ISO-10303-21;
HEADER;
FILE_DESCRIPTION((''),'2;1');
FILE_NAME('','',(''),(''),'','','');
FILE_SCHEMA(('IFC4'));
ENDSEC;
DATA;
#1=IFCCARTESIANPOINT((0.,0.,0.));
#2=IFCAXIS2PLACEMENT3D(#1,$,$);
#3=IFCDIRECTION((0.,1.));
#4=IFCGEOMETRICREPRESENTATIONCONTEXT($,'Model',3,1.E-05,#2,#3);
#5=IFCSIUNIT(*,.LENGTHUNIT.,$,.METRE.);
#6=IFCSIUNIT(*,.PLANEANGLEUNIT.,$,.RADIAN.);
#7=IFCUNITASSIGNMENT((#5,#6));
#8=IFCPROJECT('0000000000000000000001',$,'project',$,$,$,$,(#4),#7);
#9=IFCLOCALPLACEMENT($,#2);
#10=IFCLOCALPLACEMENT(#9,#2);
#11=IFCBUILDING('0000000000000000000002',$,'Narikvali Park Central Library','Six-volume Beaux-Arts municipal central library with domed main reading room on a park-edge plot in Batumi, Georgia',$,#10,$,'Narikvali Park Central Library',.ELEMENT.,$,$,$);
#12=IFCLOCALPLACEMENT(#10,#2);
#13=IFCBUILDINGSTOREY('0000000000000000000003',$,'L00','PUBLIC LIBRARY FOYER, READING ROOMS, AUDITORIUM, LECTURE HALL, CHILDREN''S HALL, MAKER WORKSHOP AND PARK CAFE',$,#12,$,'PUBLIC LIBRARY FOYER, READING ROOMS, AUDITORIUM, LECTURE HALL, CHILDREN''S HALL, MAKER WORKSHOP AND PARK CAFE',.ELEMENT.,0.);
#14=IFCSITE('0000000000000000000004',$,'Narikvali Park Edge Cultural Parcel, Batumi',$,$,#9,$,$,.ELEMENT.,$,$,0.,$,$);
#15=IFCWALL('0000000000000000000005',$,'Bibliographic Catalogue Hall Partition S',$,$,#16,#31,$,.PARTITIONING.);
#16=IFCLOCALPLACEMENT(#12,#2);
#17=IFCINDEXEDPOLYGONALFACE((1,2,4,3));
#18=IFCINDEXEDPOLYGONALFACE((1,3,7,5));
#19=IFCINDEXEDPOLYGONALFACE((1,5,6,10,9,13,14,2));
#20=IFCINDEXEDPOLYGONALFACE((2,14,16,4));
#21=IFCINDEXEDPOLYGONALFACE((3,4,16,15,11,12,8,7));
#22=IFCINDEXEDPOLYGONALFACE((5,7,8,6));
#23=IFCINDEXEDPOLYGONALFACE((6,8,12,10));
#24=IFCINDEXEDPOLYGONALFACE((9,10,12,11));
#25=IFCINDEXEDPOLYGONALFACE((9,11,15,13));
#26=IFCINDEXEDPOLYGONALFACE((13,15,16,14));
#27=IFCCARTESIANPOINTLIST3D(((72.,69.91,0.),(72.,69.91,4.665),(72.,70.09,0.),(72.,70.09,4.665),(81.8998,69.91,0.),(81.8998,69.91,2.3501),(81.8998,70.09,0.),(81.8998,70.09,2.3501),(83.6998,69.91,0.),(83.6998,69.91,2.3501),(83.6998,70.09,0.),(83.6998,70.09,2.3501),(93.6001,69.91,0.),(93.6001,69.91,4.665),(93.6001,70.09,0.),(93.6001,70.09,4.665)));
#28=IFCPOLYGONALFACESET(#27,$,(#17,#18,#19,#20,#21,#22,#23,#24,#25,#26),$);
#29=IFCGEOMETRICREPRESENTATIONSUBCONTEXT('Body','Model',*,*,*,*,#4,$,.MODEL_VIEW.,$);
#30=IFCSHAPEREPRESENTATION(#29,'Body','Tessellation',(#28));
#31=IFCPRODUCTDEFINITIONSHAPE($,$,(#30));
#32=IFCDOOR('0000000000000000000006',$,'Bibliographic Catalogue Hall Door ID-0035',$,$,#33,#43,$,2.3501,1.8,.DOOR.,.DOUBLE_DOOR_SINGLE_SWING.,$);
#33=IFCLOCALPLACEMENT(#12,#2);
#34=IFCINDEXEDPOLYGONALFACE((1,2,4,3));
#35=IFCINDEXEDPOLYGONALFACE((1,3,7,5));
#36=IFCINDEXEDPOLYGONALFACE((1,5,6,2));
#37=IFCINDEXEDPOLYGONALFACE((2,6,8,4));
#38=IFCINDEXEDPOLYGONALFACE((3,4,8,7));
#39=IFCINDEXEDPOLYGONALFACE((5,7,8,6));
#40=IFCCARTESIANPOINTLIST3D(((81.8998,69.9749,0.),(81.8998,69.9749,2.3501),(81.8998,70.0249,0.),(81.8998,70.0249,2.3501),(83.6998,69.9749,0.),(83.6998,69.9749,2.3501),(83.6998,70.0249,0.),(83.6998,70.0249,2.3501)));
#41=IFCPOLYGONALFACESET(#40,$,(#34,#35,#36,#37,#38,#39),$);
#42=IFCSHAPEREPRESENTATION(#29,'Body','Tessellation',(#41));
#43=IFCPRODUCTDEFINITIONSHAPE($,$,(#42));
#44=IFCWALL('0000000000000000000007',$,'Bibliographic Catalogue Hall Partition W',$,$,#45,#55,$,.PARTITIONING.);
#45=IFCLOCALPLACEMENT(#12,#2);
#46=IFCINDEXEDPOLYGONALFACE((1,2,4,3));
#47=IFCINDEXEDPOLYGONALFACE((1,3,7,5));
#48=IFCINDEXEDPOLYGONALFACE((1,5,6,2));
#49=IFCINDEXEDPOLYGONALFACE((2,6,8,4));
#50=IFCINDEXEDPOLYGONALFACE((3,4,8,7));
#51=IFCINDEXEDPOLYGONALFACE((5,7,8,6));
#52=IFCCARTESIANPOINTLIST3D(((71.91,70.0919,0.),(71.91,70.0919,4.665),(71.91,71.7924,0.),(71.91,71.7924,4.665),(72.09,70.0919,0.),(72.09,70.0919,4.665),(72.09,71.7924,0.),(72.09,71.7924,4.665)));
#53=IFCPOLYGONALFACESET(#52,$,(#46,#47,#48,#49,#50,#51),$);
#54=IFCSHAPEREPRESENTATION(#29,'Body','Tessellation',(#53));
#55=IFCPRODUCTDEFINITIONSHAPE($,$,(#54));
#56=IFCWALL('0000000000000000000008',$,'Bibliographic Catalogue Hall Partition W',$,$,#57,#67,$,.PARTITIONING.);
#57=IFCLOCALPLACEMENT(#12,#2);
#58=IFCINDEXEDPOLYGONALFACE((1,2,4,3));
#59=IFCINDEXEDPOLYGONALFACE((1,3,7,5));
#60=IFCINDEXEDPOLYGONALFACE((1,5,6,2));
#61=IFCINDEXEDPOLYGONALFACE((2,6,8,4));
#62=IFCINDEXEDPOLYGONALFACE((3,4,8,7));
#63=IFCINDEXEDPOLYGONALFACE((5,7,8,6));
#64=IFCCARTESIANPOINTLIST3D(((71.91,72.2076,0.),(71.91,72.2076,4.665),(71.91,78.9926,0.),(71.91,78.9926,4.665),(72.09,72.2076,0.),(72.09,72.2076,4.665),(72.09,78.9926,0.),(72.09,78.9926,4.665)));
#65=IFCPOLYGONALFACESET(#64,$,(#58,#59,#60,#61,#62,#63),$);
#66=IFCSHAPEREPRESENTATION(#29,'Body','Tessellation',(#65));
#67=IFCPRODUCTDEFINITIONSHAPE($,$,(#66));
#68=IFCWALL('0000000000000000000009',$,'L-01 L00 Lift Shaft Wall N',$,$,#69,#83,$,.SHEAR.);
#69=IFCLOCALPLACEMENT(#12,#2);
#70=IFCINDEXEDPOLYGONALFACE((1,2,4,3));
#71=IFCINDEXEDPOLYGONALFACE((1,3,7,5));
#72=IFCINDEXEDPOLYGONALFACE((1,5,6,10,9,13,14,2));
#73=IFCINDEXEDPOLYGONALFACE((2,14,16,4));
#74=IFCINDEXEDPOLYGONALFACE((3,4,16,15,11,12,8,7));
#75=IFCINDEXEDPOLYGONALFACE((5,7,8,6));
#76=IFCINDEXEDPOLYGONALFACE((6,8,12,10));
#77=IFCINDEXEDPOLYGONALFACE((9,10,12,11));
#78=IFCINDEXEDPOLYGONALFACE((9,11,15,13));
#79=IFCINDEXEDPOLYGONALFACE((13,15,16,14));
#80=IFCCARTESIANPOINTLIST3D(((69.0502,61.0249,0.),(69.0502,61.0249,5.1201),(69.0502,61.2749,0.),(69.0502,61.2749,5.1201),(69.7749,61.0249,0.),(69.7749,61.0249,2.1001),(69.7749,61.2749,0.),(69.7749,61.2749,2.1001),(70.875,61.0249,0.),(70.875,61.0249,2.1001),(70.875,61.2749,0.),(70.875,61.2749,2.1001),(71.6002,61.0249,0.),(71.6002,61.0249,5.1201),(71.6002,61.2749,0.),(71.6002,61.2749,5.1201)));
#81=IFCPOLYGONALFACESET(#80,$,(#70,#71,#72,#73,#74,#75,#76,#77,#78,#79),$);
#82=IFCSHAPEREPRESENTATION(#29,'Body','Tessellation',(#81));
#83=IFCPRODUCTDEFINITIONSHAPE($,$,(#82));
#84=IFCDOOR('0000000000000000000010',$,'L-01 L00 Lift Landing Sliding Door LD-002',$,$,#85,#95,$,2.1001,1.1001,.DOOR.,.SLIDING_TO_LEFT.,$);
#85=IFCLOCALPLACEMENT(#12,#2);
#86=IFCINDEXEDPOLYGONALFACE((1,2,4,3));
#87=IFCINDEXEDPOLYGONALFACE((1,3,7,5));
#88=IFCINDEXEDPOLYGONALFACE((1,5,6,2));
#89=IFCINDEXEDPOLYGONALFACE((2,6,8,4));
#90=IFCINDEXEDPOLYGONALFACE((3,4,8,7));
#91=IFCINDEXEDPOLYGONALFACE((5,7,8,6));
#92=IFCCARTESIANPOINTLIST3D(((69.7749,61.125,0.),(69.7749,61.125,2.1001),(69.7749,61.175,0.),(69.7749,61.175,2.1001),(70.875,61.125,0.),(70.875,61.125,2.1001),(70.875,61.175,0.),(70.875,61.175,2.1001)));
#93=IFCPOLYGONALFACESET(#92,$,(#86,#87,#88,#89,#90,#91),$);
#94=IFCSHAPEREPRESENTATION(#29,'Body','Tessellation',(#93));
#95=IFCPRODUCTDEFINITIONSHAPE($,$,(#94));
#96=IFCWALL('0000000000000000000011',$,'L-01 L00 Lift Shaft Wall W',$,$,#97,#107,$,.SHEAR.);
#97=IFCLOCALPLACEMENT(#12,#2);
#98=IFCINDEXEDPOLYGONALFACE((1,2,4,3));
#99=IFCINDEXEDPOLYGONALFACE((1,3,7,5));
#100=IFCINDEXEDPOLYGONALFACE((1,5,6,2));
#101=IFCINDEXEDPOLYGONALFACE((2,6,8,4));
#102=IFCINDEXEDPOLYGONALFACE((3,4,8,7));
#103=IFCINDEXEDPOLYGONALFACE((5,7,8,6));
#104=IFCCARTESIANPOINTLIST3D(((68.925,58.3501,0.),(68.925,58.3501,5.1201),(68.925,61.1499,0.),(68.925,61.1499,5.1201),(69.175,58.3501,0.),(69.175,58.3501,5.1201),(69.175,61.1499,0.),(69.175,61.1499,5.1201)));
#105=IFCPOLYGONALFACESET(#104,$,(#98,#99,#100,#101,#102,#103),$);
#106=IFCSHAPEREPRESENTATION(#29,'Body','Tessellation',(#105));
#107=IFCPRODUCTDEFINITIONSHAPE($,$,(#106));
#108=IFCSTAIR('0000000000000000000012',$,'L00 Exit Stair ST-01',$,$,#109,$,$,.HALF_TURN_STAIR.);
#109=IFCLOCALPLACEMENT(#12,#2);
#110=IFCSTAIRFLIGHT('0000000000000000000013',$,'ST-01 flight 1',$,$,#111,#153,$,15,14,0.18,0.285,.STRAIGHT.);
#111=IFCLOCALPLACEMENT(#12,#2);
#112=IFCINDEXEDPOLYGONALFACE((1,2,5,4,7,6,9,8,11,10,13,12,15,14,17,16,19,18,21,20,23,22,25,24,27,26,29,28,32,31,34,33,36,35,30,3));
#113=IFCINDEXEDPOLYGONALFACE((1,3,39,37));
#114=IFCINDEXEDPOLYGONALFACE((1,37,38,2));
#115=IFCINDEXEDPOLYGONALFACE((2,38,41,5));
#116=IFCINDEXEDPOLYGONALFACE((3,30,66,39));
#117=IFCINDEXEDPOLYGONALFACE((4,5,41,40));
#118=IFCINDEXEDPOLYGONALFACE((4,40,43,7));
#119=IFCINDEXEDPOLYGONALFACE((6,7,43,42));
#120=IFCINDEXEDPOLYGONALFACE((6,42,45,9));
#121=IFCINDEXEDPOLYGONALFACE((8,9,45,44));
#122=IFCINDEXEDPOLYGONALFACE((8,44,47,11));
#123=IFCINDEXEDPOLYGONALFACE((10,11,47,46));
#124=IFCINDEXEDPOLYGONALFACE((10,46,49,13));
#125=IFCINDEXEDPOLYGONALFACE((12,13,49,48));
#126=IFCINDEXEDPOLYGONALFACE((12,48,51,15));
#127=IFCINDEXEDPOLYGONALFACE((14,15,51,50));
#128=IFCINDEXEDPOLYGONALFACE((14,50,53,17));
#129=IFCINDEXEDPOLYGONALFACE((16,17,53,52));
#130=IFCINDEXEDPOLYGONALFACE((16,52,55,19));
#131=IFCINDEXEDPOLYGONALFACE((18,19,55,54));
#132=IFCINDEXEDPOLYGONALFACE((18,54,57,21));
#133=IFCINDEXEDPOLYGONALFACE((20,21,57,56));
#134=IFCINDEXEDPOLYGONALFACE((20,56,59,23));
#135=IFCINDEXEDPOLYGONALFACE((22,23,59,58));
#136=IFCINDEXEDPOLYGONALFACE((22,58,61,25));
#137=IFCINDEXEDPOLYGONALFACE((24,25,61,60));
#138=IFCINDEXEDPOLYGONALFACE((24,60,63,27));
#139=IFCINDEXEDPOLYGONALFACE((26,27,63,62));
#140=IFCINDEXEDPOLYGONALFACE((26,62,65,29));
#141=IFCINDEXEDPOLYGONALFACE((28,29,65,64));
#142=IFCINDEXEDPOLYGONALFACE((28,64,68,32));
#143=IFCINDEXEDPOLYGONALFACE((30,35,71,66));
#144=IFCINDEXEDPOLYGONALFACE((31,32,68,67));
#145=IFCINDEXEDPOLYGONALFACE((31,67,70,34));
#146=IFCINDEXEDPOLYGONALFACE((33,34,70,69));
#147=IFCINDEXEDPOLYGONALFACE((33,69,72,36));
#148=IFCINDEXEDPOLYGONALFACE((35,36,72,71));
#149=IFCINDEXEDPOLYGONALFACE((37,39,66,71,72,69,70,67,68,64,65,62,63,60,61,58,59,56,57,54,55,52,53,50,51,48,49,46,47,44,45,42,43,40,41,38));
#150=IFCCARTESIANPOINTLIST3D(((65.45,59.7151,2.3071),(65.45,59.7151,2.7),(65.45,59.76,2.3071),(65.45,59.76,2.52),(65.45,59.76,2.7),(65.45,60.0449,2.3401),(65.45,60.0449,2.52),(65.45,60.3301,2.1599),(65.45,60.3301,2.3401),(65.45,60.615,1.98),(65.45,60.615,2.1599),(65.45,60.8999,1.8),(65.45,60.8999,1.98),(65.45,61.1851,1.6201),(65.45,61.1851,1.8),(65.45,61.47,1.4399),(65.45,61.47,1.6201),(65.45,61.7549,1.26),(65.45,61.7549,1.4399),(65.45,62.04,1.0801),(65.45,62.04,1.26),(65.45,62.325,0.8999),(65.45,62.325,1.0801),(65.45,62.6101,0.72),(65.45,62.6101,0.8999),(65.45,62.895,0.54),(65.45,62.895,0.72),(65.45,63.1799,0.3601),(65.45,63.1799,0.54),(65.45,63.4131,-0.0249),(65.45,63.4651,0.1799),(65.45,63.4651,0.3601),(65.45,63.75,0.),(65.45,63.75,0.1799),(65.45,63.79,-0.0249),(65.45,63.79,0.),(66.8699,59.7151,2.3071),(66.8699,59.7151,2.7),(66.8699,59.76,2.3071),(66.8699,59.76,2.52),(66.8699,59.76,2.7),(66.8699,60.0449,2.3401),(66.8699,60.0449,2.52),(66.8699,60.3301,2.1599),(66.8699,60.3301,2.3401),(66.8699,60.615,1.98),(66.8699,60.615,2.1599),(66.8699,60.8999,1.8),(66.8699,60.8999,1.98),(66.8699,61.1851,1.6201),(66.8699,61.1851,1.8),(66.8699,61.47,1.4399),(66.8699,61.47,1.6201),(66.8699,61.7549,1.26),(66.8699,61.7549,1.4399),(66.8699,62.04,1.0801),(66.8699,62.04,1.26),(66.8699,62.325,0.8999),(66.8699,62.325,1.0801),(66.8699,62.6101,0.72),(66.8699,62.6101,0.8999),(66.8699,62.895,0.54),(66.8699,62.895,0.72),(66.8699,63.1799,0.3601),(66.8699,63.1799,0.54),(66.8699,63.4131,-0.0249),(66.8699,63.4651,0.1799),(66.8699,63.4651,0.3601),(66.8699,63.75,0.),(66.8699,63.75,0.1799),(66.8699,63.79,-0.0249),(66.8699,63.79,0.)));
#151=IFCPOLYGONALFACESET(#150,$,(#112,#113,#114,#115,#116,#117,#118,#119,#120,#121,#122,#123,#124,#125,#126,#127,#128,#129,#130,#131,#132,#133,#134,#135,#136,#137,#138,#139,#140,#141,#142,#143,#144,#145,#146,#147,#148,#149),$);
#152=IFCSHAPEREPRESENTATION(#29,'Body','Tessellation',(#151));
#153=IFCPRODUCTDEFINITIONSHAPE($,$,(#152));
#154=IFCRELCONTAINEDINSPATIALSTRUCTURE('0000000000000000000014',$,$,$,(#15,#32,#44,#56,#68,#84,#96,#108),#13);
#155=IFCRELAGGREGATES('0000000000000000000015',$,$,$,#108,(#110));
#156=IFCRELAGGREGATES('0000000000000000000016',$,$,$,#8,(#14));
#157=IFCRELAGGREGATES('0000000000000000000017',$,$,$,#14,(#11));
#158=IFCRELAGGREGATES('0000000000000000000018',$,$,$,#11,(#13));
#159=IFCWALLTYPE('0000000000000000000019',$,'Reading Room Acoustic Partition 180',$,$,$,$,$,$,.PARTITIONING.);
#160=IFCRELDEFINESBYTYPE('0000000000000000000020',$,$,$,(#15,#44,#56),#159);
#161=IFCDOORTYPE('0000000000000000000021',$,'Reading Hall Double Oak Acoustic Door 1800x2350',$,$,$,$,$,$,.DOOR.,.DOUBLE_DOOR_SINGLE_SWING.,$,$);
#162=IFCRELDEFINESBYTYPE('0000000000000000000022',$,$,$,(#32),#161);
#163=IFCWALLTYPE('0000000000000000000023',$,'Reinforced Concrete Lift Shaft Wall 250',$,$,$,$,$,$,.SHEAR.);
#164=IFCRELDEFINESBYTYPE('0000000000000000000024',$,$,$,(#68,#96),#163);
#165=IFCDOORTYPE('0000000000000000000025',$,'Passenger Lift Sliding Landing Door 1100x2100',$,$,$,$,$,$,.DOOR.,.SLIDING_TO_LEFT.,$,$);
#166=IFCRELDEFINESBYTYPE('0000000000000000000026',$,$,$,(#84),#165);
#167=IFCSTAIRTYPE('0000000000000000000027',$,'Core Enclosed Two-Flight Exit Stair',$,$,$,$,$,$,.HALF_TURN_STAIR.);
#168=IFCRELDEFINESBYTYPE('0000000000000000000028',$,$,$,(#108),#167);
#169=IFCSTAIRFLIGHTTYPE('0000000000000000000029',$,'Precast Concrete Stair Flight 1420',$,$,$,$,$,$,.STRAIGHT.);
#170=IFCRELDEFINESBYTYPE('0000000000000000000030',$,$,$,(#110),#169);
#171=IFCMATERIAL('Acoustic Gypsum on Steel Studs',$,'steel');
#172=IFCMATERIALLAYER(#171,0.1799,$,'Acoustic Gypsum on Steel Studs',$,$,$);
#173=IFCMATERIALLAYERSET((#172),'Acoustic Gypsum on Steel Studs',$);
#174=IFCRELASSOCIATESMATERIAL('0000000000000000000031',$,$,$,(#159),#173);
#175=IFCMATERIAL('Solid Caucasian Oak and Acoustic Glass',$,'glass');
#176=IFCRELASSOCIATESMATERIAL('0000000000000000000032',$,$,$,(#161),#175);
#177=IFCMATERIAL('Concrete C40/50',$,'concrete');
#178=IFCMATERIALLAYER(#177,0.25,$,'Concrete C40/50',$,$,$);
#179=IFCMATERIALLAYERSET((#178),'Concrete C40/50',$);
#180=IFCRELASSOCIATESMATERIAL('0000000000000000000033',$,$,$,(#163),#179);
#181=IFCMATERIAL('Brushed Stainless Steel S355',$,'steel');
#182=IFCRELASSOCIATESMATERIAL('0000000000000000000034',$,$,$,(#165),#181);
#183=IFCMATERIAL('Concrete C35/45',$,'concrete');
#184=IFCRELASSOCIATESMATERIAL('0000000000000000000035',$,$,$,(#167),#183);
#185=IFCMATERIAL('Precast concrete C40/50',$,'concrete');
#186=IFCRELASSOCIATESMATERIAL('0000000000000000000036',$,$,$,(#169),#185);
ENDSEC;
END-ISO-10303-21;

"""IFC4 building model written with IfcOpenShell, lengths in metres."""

from ifc_helpers import new_model, si_unit, direction, frame, frame_2d, origin, place, context, subcontext, project, spatial, polyline, rectangle, outline, extrude, material, layer, layer_set, type_object, element, fill, aggregate, save


model = new_model("IFC4")

# Units and contexts
model_context = context("Model", 3, precision=1e-05, world=origin(), true_north=direction((0.0, 1.0)))
body_context = subcontext(model_context, "Body", "Model", "MODEL_VIEW")
ifc_project = project(units=[si_unit("LENGTHUNIT", "METRE"), si_unit("PLANEANGLEUNIT", "RADIAN")], contexts=[model_context])

# Site, building, storey
site_placement = place(None, origin())
site = spatial("IfcSite", under=ifc_project, at=site_placement, Name="Narikvali Park Edge Cultural Parcel, Batumi", CompositionType="ELEMENT", RefElevation=0.0)
building_placement = place(site_placement, origin())
building = spatial("IfcBuilding", under=site, at=building_placement, Name="Narikvali Park Central Library", Description="Six-volume Beaux-Arts municipal central library with domed main reading room on a park-edge plot in Batumi, Georgia", LongName="Narikvali Park Central Library", CompositionType="ELEMENT")
storey_placement = place(building_placement, origin())
storey = spatial("IfcBuildingStorey", under=building, at=storey_placement, Name="L00", Description="PUBLIC LIBRARY FOYER, READING ROOMS, AUDITORIUM, LECTURE HALL, CHILDREN'S HALL, MAKER WORKSHOP AND PARK CAFE", LongName="PUBLIC LIBRARY FOYER, READING ROOMS, AUDITORIUM, LECTURE HALL, CHILDREN'S HALL, MAKER WORKSHOP AND PARK CAFE", CompositionType="ELEMENT", Elevation=0.0)

# Wall, opening, door
ifc_material_1 = material(Name="Acoustic Gypsum on Steel Studs", Category="steel")
ifc_layer_1 = layer(ifc_material_1, 0.1799, Name="Acoustic Gypsum on Steel Studs")
ifc_layer_set_1 = layer_set([ifc_layer_1], Name="Acoustic Gypsum on Steel Studs")
wall_type_1 = type_object("IfcWallType", Name="Reading Room Acoustic Partition 180", PredefinedType="PARTITIONING", material=ifc_layer_set_1)
wall_1_placement = place(storey_placement, frame((72.0, 70.0, 0.0), z_axis=(0.0, 0.0, 1.0), x_axis=(1.0, 0.0, 0.0)))
wall_1 = element("IfcWall", 1, at=wall_1_placement, inside=storey, type_object=wall_type_1, Name="Bibliographic Catalogue Hall Partition S", PredefinedType="PARTITIONING", context=body_context, shape_type="SweptSolid", body=[
    extrude(rectangle(XDim=21.6001, YDim=0.1799, at=frame_2d((10.8, 0.0))), origin(), (0.0, 0.0, 1.0), 4.665),
])
opening_1_placement = place(wall_1_placement, frame((9.8999, 0.0, 0.0)))
opening_1 = element("IfcOpeningElement", 2, at=opening_1_placement, cuts=wall_1, PredefinedType="OPENING", context=body_context, shape_type="SweptSolid", body=[
    extrude(rectangle(XDim=1.8, YDim=2.3501, at=frame_2d((0.8999, 1.175))), frame((0.0, 0.1021, 0.0), z_axis=(0.0, -1.0, 0.0), x_axis=(1.0, 0.0, 0.0)), (0.0, 0.0, 1.0), 0.2039),
])
ifc_material_2 = material(Name="Solid Caucasian Oak and Acoustic Glass", Category="glass")
door_type_1 = type_object("IfcDoorType", Name="Reading Hall Double Oak Acoustic Door 1800x2350", OperationType="DOUBLE_DOOR_SINGLE_SWING", PredefinedType="DOOR", material=ifc_material_2)
door_1_placement = place(opening_1_placement, origin())
door_1 = element("IfcDoor", 3, at=door_1_placement, inside=storey, type_object=door_type_1, Name="Bibliographic Catalogue Hall Door ID-0035", OperationType="DOUBLE_DOOR_SINGLE_SWING", OverallHeight=2.3501, OverallWidth=1.8, PredefinedType="DOOR", context=body_context, shape_type="SweptSolid", body=[
    extrude(rectangle(XDim=1.8, YDim=2.3501, at=frame_2d((0.8999, 1.175))), frame((0.0, 0.0249, 0.0), z_axis=(0.0, -1.0, 0.0), x_axis=(1.0, 0.0, 0.0)), (0.0, 0.0, 1.0), 0.05),
])
fill(opening_1, door_1)

# Walls
wall_2_placement = place(storey_placement, frame((72.0, 70.092, 0.0), z_axis=(0.0, 0.0, 1.0), x_axis=(0.0, 1.0, 0.0)))
element("IfcWall", 4, at=wall_2_placement, inside=storey, type_object=wall_type_1, Name="Bibliographic Catalogue Hall Partition W", PredefinedType="PARTITIONING", context=body_context, shape_type="SweptSolid", body=[
    extrude(rectangle(XDim=1.7004, YDim=0.1799, at=frame_2d((0.8501, 0.0))), origin(), (0.0, 0.0, 1.0), 4.665),
])
wall_3_placement = place(storey_placement, frame((72.0, 72.2075, 0.0), z_axis=(0.0, 0.0, 1.0), x_axis=(0.0, 1.0, 0.0)))
element("IfcWall", 5, at=wall_3_placement, inside=storey, type_object=wall_type_1, Name="Bibliographic Catalogue Hall Partition W", PredefinedType="PARTITIONING", context=body_context, shape_type="SweptSolid", body=[
    extrude(rectangle(XDim=6.7849, YDim=0.1799, at=frame_2d((3.3926, 0.0))), origin(), (0.0, 0.0, 1.0), 4.665),
])

# Wall, opening, door
ifc_material_3 = material(Name="Concrete C40/50", Category="concrete")
ifc_layer_2 = layer(ifc_material_3, 0.25, Name="Concrete C40/50")
ifc_layer_set_2 = layer_set([ifc_layer_2], Name="Concrete C40/50")
wall_type_2 = type_object("IfcWallType", Name="Reinforced Concrete Lift Shaft Wall 250", PredefinedType="SHEAR", material=ifc_layer_set_2)
wall_4_placement = place(storey_placement, frame((71.6001, 61.1499, 0.0), z_axis=(0.0, 0.0, 1.0), x_axis=(-1.0, 0.0, 0.0)))
wall_4 = element("IfcWall", 6, at=wall_4_placement, inside=storey, type_object=wall_type_2, Name="L-01 L00 Lift Shaft Wall N", PredefinedType="SHEAR", context=body_context, shape_type="SweptSolid", body=[
    extrude(rectangle(XDim=2.55, YDim=0.25, at=frame_2d((1.2749, 0.0))), origin(), (0.0, 0.0, 1.0), 5.1201),
])
opening_2_placement = place(wall_4_placement, frame((0.7251, 0.0, 0.0)))
opening_2 = element("IfcOpeningElement", 7, at=opening_2_placement, cuts=wall_4, PredefinedType="OPENING", context=body_context, shape_type="SweptSolid", body=[
    extrude(rectangle(XDim=1.1001, YDim=2.1001, at=frame_2d((0.55, 1.05))), frame((0.0, 0.137, 0.0), z_axis=(0.0, -1.0, 0.0), x_axis=(1.0, 0.0, 0.0)), (0.0, 0.0, 1.0), 0.2739),
])
ifc_material_4 = material(Name="Brushed Stainless Steel S355", Category="steel")
door_type_2 = type_object("IfcDoorType", Name="Passenger Lift Sliding Landing Door 1100x2100", OperationType="SLIDING_TO_LEFT", PredefinedType="DOOR", material=ifc_material_4)
door_2_placement = place(opening_2_placement, origin())
door_2 = element("IfcDoor", 8, at=door_2_placement, inside=storey, type_object=door_type_2, Name="L-01 L00 Lift Landing Sliding Door LD-002", OperationType="SLIDING_TO_LEFT", OverallHeight=2.1001, OverallWidth=1.1001, PredefinedType="DOOR", context=body_context, shape_type="SweptSolid", body=[
    extrude(rectangle(XDim=1.1001, YDim=2.1001, at=frame_2d((0.55, 1.05))), frame((0.0, 0.0249, 0.0), z_axis=(0.0, -1.0, 0.0), x_axis=(1.0, 0.0, 0.0)), (0.0, 0.0, 1.0), 0.05),
])
fill(opening_2, door_2)

# Wall
wall_5_placement = place(storey_placement, frame((69.05, 61.1499, 0.0), z_axis=(0.0, 0.0, 1.0), x_axis=(0.0, -1.0, 0.0)))
element("IfcWall", 9, at=wall_5_placement, inside=storey, type_object=wall_type_2, Name="L-01 L00 Lift Shaft Wall W", PredefinedType="SHEAR", context=body_context, shape_type="SweptSolid", body=[
    extrude(rectangle(XDim=2.7998, YDim=0.25, at=frame_2d((1.3999, 0.0))), origin(), (0.0, 0.0, 1.0), 5.1201),
])

# Stair, stair flight
ifc_material_5 = material(Name="Concrete C35/45", Category="concrete")
stair_type = type_object("IfcStairType", Name="Core Enclosed Two-Flight Exit Stair", PredefinedType="HALF_TURN_STAIR", material=ifc_material_5)
stair_placement = place(storey_placement, origin())
stair = element("IfcStair", 10, at=stair_placement, inside=storey, type_object=stair_type, Name="L00 Exit Stair ST-01", PredefinedType="HALF_TURN_STAIR")
ifc_material_6 = material(Name="Precast concrete C40/50", Category="concrete")
stair_flight_type = type_object("IfcStairFlightType", Name="Precast Concrete Stair Flight 1420", PredefinedType="STRAIGHT", material=ifc_material_6)
stair_flight_1_placement = place(storey_placement, frame((66.1599, 63.75, 0.0), z_axis=(0.0, 0.0, 1.0), x_axis=(0.0, -1.0, 0.0)))
stair_flight_1 = element("IfcStairFlight", 11, at=stair_flight_1_placement, type_object=stair_flight_type, Name="ST-01 flight 1", NumberOfRisers=15, NumberOfTreads=14, PredefinedType="STRAIGHT", RiserHeight=0.18, TreadLength=0.285, context=body_context, shape_type="SweptSolid", body=[
    extrude(outline(polyline([(-0.04, -0.0249), (-0.04, 0.0), (0.0, 0.0), (0.0, 0.1799), (0.2849, 0.1799), (0.2849, 0.3601), (0.5701, 0.3601), (0.5701, 0.54), (0.855, 0.54), (0.855, 0.72), (1.1399, 0.72), (1.1399, 0.8999), (1.425, 0.8999), (1.425, 1.0801), (1.71, 1.0801), (1.71, 1.26), (1.9951, 1.26), (1.9951, 1.4399), (2.28, 1.4399), (2.28, 1.6201), (2.5649, 1.6201), (2.5649, 1.8), (2.8501, 1.8), (2.8501, 1.98), (3.135, 1.98), (3.135, 2.1599), (3.4199, 2.1599), (3.4199, 2.3401), (3.7051, 2.3401), (3.7051, 2.52), (3.99, 2.52), (3.99, 2.7), (4.0349, 2.7), (4.0349, 2.3071), (3.99, 2.3071), (0.3369, -0.0249), (-0.04, -0.0249)])), frame((0.0, 0.71, 0.0), z_axis=(0.0, -1.0, 0.0), x_axis=(1.0, 0.0, 0.0)), (0.0, 0.0, 1.0), 1.4199),
])
aggregate(stair, [stair_flight_1])

save(model, "model.ifc")
